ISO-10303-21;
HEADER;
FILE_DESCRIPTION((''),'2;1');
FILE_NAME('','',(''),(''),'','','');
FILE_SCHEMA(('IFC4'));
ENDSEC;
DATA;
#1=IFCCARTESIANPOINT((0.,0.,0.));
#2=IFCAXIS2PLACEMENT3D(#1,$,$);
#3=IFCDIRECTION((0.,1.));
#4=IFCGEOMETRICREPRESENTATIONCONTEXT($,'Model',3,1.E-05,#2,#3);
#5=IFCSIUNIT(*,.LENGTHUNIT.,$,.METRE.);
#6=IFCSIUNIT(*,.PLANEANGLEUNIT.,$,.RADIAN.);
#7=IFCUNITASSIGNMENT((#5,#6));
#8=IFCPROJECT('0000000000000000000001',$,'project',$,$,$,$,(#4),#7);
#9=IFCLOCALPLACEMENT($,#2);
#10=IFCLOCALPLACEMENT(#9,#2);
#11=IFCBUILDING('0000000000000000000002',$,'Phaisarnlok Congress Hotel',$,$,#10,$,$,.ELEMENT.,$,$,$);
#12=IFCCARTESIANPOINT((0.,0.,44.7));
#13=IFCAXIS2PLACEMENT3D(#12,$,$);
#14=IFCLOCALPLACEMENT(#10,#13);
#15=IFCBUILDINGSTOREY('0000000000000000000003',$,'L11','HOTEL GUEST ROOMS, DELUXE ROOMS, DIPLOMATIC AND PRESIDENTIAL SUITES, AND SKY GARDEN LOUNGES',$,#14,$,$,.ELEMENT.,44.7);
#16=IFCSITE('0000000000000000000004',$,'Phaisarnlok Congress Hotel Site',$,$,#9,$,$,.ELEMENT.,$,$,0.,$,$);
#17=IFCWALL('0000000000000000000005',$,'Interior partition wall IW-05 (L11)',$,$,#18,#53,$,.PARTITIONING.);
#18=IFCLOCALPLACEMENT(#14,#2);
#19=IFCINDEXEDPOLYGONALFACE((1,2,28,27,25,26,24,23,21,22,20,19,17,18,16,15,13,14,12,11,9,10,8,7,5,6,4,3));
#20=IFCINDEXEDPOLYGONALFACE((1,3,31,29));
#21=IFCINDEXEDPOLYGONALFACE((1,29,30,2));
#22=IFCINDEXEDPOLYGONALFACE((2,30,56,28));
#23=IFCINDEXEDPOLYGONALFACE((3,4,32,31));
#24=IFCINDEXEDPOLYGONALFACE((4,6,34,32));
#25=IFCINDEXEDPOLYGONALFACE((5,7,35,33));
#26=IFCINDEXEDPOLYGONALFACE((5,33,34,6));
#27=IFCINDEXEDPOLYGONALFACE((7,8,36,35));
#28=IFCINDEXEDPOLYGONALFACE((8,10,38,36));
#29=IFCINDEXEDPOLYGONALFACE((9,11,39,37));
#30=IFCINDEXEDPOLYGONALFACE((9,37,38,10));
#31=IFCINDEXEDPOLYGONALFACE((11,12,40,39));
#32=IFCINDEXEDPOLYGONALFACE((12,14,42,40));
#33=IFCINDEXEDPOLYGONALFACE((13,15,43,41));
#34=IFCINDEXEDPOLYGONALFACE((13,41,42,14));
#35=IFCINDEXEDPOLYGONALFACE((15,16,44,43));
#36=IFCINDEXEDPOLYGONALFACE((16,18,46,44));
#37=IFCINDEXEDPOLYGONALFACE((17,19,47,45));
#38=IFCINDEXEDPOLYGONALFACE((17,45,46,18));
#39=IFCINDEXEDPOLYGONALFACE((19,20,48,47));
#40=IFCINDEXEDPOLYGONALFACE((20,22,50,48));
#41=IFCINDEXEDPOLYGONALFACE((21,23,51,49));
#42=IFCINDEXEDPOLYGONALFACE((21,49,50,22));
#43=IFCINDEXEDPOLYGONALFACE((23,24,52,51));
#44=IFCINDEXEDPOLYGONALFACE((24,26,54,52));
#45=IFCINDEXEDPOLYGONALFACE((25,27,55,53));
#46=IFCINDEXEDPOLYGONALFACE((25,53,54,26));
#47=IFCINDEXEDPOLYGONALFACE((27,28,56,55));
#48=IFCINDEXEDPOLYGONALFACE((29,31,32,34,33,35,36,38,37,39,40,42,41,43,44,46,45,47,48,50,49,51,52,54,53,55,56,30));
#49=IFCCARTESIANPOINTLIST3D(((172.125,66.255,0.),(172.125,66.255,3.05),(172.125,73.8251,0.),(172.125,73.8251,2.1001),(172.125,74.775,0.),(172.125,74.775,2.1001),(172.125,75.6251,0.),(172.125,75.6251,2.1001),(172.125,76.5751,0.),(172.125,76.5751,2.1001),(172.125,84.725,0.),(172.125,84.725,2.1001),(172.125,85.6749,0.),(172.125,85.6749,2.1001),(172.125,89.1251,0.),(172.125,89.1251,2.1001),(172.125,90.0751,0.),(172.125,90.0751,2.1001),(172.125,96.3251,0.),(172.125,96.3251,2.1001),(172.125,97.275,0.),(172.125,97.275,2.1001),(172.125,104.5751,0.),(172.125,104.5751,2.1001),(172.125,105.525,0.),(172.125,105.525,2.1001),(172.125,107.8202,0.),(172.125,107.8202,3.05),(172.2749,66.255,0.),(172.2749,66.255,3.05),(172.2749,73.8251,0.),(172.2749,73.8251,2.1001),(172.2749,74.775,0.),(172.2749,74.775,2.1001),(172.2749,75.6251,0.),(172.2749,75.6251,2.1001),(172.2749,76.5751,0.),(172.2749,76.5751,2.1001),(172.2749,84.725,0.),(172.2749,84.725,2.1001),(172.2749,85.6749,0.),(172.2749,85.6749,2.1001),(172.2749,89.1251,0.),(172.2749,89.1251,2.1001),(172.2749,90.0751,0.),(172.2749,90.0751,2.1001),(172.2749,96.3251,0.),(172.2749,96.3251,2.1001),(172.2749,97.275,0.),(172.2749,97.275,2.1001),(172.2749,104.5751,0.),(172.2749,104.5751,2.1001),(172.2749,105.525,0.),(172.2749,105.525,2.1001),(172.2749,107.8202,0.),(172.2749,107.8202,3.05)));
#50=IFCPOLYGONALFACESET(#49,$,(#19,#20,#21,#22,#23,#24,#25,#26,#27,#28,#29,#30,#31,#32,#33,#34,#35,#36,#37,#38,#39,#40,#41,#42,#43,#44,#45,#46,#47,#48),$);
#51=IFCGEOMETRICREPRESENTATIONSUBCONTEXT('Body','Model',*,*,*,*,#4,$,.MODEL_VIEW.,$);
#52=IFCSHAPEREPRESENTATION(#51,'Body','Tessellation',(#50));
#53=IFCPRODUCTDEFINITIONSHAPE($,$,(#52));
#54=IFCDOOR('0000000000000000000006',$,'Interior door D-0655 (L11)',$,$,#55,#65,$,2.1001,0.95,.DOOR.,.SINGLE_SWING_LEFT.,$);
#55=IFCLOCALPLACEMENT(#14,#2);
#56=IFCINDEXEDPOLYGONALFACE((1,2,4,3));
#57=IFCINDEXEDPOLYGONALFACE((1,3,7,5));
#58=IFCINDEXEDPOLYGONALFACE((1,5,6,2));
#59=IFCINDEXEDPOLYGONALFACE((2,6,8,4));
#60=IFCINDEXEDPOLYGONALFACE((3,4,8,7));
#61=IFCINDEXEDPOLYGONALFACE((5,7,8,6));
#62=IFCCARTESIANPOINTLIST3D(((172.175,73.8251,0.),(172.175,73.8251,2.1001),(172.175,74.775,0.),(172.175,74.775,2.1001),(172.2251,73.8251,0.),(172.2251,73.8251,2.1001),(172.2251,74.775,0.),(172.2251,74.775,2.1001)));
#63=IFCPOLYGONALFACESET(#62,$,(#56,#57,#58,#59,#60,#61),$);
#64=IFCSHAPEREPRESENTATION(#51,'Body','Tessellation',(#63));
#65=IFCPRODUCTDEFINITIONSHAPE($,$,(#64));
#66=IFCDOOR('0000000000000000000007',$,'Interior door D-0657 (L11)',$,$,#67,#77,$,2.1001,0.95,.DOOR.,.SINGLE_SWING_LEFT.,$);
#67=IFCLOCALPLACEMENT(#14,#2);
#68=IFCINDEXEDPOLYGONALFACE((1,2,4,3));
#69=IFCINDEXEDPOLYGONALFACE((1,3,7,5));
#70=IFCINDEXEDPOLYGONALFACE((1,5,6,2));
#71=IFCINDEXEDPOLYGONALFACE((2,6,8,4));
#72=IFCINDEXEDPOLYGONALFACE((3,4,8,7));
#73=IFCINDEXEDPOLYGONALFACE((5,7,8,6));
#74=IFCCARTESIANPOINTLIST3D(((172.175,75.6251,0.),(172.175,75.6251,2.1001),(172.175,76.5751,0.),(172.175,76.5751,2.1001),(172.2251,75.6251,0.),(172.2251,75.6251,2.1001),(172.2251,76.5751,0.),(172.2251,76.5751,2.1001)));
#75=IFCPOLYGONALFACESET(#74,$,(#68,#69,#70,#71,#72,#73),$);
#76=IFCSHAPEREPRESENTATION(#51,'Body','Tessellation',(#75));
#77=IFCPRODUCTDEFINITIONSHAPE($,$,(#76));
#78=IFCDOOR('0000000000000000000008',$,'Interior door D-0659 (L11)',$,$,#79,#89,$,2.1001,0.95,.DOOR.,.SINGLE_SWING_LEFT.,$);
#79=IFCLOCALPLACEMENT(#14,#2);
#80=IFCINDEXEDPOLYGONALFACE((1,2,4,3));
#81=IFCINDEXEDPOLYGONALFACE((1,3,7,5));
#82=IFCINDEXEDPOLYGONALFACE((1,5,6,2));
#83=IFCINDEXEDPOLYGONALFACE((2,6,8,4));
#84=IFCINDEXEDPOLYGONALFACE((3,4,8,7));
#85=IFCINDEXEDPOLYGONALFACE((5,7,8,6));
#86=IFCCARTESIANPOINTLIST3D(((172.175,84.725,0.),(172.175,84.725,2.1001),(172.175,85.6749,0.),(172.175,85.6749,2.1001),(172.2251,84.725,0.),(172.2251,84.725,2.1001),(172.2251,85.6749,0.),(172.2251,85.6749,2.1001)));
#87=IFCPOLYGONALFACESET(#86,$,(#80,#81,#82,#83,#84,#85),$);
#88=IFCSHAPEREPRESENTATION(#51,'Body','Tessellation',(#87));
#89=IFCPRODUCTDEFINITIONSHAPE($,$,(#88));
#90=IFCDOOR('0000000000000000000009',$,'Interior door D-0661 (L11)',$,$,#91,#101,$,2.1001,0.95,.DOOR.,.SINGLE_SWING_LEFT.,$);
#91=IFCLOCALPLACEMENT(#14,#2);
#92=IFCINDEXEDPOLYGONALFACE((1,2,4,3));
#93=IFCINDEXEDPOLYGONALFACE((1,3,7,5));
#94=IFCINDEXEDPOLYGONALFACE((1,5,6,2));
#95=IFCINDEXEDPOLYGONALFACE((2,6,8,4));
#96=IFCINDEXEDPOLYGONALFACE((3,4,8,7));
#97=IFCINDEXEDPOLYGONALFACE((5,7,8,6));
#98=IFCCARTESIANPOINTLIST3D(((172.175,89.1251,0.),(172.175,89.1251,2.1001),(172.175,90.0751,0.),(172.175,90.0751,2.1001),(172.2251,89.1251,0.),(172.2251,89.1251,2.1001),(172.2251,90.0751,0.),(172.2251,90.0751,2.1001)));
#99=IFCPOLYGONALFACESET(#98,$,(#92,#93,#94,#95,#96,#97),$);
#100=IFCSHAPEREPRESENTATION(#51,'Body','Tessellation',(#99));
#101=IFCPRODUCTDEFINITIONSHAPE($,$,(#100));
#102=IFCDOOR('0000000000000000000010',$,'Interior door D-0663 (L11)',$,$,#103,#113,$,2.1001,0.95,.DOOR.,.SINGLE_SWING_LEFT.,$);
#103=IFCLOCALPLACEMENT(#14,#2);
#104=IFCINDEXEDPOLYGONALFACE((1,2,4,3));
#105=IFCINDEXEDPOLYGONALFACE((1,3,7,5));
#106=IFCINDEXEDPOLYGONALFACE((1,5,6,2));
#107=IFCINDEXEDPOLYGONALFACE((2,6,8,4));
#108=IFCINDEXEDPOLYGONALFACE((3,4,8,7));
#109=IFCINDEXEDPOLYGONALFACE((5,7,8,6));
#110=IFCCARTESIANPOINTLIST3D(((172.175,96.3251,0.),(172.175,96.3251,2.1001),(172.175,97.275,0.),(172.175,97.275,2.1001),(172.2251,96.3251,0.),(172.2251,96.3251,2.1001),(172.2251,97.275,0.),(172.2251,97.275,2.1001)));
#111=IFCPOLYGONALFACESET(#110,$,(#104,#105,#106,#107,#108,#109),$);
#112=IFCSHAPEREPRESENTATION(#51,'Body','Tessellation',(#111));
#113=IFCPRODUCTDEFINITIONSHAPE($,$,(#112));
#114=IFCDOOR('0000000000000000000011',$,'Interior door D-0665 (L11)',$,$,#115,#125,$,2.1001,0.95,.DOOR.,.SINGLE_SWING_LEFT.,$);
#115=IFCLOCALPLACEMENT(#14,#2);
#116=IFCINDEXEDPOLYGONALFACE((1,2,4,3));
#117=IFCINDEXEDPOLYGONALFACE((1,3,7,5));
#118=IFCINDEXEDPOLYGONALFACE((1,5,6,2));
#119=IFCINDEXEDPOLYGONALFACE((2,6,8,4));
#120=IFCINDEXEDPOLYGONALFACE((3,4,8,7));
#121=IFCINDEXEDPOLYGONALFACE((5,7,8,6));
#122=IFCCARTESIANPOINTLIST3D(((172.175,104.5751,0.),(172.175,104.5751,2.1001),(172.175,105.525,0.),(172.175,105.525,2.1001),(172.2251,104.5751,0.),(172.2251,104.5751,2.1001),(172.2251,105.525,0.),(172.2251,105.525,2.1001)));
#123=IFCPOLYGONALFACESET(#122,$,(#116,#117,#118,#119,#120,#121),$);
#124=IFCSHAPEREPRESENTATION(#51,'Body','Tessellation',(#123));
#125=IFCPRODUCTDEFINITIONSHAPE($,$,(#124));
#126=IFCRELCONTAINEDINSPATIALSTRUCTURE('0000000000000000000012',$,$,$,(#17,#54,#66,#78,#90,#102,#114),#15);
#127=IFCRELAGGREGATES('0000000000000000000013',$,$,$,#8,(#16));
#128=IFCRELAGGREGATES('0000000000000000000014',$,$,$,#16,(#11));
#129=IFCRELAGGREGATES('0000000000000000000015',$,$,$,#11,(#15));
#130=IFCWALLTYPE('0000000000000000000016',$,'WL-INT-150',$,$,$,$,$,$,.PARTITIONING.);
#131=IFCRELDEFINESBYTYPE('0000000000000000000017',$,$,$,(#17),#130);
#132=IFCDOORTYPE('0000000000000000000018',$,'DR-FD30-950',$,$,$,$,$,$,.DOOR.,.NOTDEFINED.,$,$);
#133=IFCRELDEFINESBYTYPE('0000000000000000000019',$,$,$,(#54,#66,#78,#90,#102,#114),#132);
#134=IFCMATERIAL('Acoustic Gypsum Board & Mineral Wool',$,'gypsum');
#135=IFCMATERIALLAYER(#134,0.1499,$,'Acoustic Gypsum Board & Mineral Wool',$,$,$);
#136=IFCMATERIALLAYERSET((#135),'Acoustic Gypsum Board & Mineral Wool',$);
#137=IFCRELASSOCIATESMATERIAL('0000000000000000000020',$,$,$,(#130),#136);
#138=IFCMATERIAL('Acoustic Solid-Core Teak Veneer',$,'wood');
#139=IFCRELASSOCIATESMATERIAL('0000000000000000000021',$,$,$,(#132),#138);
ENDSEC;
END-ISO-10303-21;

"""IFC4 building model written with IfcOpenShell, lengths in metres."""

from ifc_helpers import new_model, si_unit, direction, frame, frame_2d, origin, place, context, subcontext, project, spatial, rectangle, extrude, material, layer, layer_set, type_object, element, fill, save


model = new_model("IFC4")

# Units and contexts
model_context = context("Model", 3, precision=1e-05, world=origin(), true_north=direction((0.0, 1.0)))
body_context = subcontext(model_context, "Body", "Model", "MODEL_VIEW")
ifc_project = project(units=[si_unit("LENGTHUNIT", "METRE"), si_unit("PLANEANGLEUNIT", "RADIAN")], contexts=[model_context])

# Site, building, storey
site_placement = place(None, origin())
site = spatial("IfcSite", under=ifc_project, at=site_placement, Name="Phaisarnlok Congress Hotel Site", CompositionType="ELEMENT", RefElevation=0.0)
building_placement = place(site_placement, origin())
building = spatial("IfcBuilding", under=site, at=building_placement, Name="Phaisarnlok Congress Hotel", CompositionType="ELEMENT")
storey_placement = place(building_placement, frame((0.0, 0.0, 44.7)))
storey = spatial("IfcBuildingStorey", under=building, at=storey_placement, Name="L11", Description="HOTEL GUEST ROOMS, DELUXE ROOMS, DIPLOMATIC AND PRESIDENTIAL SUITES, AND SKY GARDEN LOUNGES", CompositionType="ELEMENT", Elevation=44.7)

# Wall, openings, doors
ifc_material_1 = material(Name="Acoustic Gypsum Board & Mineral Wool", Category="gypsum")
ifc_layer_1 = layer(ifc_material_1, 0.1499, Name="Acoustic Gypsum Board & Mineral Wool")
ifc_layer_set_1 = layer_set([ifc_layer_1], Name="Acoustic Gypsum Board & Mineral Wool")
wall_type_1 = type_object("IfcWallType", Name="WL-INT-150", PredefinedType="PARTITIONING", material=ifc_layer_set_1)
wall_1_placement = place(storey_placement, frame((172.2, 66.2549, 0.0), z_axis=(0.0, 0.0, 1.0), x_axis=(0.0, 1.0, 0.0)))
wall_1 = element("IfcWall", 1, at=wall_1_placement, inside=storey, type_object=wall_type_1, Name="Interior partition wall IW-05 (L11)", PredefinedType="PARTITIONING", context=body_context, shape_type="SweptSolid", body=[
    extrude(rectangle(XDim=41.5652, YDim=0.1499, at=frame_2d((20.7827, 0.0))), origin(), (0.0, 0.0, 1.0), 3.05),
])
opening_1_placement = place(wall_1_placement, frame((7.5701, 0.0, 0.0)))
opening_1 = element("IfcOpeningElement", 2, at=opening_1_placement, cuts=wall_1, PredefinedType="OPENING", context=body_context, shape_type="SweptSolid", body=[
    extrude(rectangle(XDim=0.95, YDim=2.1001, at=frame_2d((0.4751, 1.05))), frame((0.0, 0.085, 0.0), z_axis=(0.0, -1.0, 0.0), x_axis=(1.0, 0.0, 0.0)), (0.0, 0.0, 1.0), 0.1699),
])
opening_2_placement = place(wall_1_placement, frame((9.3701, 0.0, 0.0)))
opening_2 = element("IfcOpeningElement", 3, at=opening_2_placement, cuts=wall_1, PredefinedType="OPENING", context=body_context, shape_type="SweptSolid", body=[
    extrude(rectangle(XDim=0.95, YDim=2.1001, at=frame_2d((0.4751, 1.05))), frame((0.0, 0.085, 0.0), z_axis=(0.0, -1.0, 0.0), x_axis=(1.0, 0.0, 0.0)), (0.0, 0.0, 1.0), 0.1699),
])
opening_3_placement = place(wall_1_placement, frame((18.47, 0.0, 0.0)))
opening_3 = element("IfcOpeningElement", 4, at=opening_3_placement, cuts=wall_1, PredefinedType="OPENING", context=body_context, shape_type="SweptSolid", body=[
    extrude(rectangle(XDim=0.95, YDim=2.1001, at=frame_2d((0.4751, 1.05))), frame((0.0, 0.085, 0.0), z_axis=(0.0, -1.0, 0.0), x_axis=(1.0, 0.0, 0.0)), (0.0, 0.0, 1.0), 0.1699),
])
opening_4_placement = place(wall_1_placement, frame((22.8701, 0.0, 0.0)))
opening_4 = element("IfcOpeningElement", 5, at=opening_4_placement, cuts=wall_1, PredefinedType="OPENING", context=body_context, shape_type="SweptSolid", body=[
    extrude(rectangle(XDim=0.95, YDim=2.1001, at=frame_2d((0.4751, 1.05))), frame((0.0, 0.085, 0.0), z_axis=(0.0, -1.0, 0.0), x_axis=(1.0, 0.0, 0.0)), (0.0, 0.0, 1.0), 0.1699),
])
opening_5_placement = place(wall_1_placement, frame((30.0701, 0.0, 0.0)))
opening_5 = element("IfcOpeningElement", 6, at=opening_5_placement, cuts=wall_1, PredefinedType="OPENING", context=body_context, shape_type="SweptSolid", body=[
    extrude(rectangle(XDim=0.95, YDim=2.1001, at=frame_2d((0.4751, 1.05))), frame((0.0, 0.085, 0.0), z_axis=(0.0, -1.0, 0.0), x_axis=(1.0, 0.0, 0.0)), (0.0, 0.0, 1.0), 0.1699),
])
opening_6_placement = place(wall_1_placement, frame((38.3201, 0.0, 0.0)))
opening_6 = element("IfcOpeningElement", 7, at=opening_6_placement, cuts=wall_1, PredefinedType="OPENING", context=body_context, shape_type="SweptSolid", body=[
    extrude(rectangle(XDim=0.95, YDim=2.1001, at=frame_2d((0.4751, 1.05))), frame((0.0, 0.085, 0.0), z_axis=(0.0, -1.0, 0.0), x_axis=(1.0, 0.0, 0.0)), (0.0, 0.0, 1.0), 0.1699),
])
ifc_material_2 = material(Name="Acoustic Solid-Core Teak Veneer", Category="wood")
door_type_1 = type_object("IfcDoorType", Name="DR-FD30-950", OperationType="NOTDEFINED", PredefinedType="DOOR", material=ifc_material_2)
door_1_placement = place(opening_1_placement, origin())
door_1 = element("IfcDoor", 8, at=door_1_placement, inside=storey, type_object=door_type_1, Name="Interior door D-0655 (L11)", OperationType="SINGLE_SWING_LEFT", OverallHeight=2.1001, OverallWidth=0.95, PredefinedType="DOOR", context=body_context, shape_type="SweptSolid", body=[
    extrude(rectangle(XDim=0.95, YDim=2.1001, at=frame_2d((0.4751, 1.05))), frame((0.0, 0.0249, 0.0), z_axis=(0.0, -1.0, 0.0), x_axis=(1.0, 0.0, 0.0)), (0.0, 0.0, 1.0), 0.05),
])
fill(opening_1, door_1)
door_2_placement = place(opening_2_placement, origin())
door_2 = element("IfcDoor", 9, at=door_2_placement, inside=storey, type_object=door_type_1, Name="Interior door D-0657 (L11)", OperationType="SINGLE_SWING_LEFT", OverallHeight=2.1001, OverallWidth=0.95, PredefinedType="DOOR", context=body_context, shape_type="SweptSolid", body=[
    extrude(rectangle(XDim=0.95, YDim=2.1001, at=frame_2d((0.4751, 1.05))), frame((0.0, 0.0249, 0.0), z_axis=(0.0, -1.0, 0.0), x_axis=(1.0, 0.0, 0.0)), (0.0, 0.0, 1.0), 0.05),
])
fill(opening_2, door_2)
door_3_placement = place(opening_3_placement, origin())
door_3 = element("IfcDoor", 10, at=door_3_placement, inside=storey, type_object=door_type_1, Name="Interior door D-0659 (L11)", OperationType="SINGLE_SWING_LEFT", OverallHeight=2.1001, OverallWidth=0.95, PredefinedType="DOOR", context=body_context, shape_type="SweptSolid", body=[
    extrude(rectangle(XDim=0.95, YDim=2.1001, at=frame_2d((0.4751, 1.05))), frame((0.0, 0.0249, 0.0), z_axis=(0.0, -1.0, 0.0), x_axis=(1.0, 0.0, 0.0)), (0.0, 0.0, 1.0), 0.05),
])
fill(opening_3, door_3)
door_4_placement = place(opening_4_placement, origin())
door_4 = element("IfcDoor", 11, at=door_4_placement, inside=storey, type_object=door_type_1, Name="Interior door D-0661 (L11)", OperationType="SINGLE_SWING_LEFT", OverallHeight=2.1001, OverallWidth=0.95, PredefinedType="DOOR", context=body_context, shape_type="SweptSolid", body=[
    extrude(rectangle(XDim=0.95, YDim=2.1001, at=frame_2d((0.4751, 1.05))), frame((0.0, 0.0249, 0.0), z_axis=(0.0, -1.0, 0.0), x_axis=(1.0, 0.0, 0.0)), (0.0, 0.0, 1.0), 0.05),
])
fill(opening_4, door_4)
door_5_placement = place(opening_5_placement, origin())
door_5 = element("IfcDoor", 12, at=door_5_placement, inside=storey, type_object=door_type_1, Name="Interior door D-0663 (L11)", OperationType="SINGLE_SWING_LEFT", OverallHeight=2.1001, OverallWidth=0.95, PredefinedType="DOOR", context=body_context, shape_type="SweptSolid", body=[
    extrude(rectangle(XDim=0.95, YDim=2.1001, at=frame_2d((0.4751, 1.05))), frame((0.0, 0.0249, 0.0), z_axis=(0.0, -1.0, 0.0), x_axis=(1.0, 0.0, 0.0)), (0.0, 0.0, 1.0), 0.05),
])
fill(opening_5, door_5)
door_6_placement = place(opening_6_placement, origin())
door_6 = element("IfcDoor", 13, at=door_6_placement, inside=storey, type_object=door_type_1, Name="Interior door D-0665 (L11)", OperationType="SINGLE_SWING_LEFT", OverallHeight=2.1001, OverallWidth=0.95, PredefinedType="DOOR", context=body_context, shape_type="SweptSolid", body=[
    extrude(rectangle(XDim=0.95, YDim=2.1001, at=frame_2d((0.4751, 1.05))), frame((0.0, 0.0249, 0.0), z_axis=(0.0, -1.0, 0.0), x_axis=(1.0, 0.0, 0.0)), (0.0, 0.0, 1.0), 0.05),
])
fill(opening_6, door_6)

save(model, "model.ifc")
